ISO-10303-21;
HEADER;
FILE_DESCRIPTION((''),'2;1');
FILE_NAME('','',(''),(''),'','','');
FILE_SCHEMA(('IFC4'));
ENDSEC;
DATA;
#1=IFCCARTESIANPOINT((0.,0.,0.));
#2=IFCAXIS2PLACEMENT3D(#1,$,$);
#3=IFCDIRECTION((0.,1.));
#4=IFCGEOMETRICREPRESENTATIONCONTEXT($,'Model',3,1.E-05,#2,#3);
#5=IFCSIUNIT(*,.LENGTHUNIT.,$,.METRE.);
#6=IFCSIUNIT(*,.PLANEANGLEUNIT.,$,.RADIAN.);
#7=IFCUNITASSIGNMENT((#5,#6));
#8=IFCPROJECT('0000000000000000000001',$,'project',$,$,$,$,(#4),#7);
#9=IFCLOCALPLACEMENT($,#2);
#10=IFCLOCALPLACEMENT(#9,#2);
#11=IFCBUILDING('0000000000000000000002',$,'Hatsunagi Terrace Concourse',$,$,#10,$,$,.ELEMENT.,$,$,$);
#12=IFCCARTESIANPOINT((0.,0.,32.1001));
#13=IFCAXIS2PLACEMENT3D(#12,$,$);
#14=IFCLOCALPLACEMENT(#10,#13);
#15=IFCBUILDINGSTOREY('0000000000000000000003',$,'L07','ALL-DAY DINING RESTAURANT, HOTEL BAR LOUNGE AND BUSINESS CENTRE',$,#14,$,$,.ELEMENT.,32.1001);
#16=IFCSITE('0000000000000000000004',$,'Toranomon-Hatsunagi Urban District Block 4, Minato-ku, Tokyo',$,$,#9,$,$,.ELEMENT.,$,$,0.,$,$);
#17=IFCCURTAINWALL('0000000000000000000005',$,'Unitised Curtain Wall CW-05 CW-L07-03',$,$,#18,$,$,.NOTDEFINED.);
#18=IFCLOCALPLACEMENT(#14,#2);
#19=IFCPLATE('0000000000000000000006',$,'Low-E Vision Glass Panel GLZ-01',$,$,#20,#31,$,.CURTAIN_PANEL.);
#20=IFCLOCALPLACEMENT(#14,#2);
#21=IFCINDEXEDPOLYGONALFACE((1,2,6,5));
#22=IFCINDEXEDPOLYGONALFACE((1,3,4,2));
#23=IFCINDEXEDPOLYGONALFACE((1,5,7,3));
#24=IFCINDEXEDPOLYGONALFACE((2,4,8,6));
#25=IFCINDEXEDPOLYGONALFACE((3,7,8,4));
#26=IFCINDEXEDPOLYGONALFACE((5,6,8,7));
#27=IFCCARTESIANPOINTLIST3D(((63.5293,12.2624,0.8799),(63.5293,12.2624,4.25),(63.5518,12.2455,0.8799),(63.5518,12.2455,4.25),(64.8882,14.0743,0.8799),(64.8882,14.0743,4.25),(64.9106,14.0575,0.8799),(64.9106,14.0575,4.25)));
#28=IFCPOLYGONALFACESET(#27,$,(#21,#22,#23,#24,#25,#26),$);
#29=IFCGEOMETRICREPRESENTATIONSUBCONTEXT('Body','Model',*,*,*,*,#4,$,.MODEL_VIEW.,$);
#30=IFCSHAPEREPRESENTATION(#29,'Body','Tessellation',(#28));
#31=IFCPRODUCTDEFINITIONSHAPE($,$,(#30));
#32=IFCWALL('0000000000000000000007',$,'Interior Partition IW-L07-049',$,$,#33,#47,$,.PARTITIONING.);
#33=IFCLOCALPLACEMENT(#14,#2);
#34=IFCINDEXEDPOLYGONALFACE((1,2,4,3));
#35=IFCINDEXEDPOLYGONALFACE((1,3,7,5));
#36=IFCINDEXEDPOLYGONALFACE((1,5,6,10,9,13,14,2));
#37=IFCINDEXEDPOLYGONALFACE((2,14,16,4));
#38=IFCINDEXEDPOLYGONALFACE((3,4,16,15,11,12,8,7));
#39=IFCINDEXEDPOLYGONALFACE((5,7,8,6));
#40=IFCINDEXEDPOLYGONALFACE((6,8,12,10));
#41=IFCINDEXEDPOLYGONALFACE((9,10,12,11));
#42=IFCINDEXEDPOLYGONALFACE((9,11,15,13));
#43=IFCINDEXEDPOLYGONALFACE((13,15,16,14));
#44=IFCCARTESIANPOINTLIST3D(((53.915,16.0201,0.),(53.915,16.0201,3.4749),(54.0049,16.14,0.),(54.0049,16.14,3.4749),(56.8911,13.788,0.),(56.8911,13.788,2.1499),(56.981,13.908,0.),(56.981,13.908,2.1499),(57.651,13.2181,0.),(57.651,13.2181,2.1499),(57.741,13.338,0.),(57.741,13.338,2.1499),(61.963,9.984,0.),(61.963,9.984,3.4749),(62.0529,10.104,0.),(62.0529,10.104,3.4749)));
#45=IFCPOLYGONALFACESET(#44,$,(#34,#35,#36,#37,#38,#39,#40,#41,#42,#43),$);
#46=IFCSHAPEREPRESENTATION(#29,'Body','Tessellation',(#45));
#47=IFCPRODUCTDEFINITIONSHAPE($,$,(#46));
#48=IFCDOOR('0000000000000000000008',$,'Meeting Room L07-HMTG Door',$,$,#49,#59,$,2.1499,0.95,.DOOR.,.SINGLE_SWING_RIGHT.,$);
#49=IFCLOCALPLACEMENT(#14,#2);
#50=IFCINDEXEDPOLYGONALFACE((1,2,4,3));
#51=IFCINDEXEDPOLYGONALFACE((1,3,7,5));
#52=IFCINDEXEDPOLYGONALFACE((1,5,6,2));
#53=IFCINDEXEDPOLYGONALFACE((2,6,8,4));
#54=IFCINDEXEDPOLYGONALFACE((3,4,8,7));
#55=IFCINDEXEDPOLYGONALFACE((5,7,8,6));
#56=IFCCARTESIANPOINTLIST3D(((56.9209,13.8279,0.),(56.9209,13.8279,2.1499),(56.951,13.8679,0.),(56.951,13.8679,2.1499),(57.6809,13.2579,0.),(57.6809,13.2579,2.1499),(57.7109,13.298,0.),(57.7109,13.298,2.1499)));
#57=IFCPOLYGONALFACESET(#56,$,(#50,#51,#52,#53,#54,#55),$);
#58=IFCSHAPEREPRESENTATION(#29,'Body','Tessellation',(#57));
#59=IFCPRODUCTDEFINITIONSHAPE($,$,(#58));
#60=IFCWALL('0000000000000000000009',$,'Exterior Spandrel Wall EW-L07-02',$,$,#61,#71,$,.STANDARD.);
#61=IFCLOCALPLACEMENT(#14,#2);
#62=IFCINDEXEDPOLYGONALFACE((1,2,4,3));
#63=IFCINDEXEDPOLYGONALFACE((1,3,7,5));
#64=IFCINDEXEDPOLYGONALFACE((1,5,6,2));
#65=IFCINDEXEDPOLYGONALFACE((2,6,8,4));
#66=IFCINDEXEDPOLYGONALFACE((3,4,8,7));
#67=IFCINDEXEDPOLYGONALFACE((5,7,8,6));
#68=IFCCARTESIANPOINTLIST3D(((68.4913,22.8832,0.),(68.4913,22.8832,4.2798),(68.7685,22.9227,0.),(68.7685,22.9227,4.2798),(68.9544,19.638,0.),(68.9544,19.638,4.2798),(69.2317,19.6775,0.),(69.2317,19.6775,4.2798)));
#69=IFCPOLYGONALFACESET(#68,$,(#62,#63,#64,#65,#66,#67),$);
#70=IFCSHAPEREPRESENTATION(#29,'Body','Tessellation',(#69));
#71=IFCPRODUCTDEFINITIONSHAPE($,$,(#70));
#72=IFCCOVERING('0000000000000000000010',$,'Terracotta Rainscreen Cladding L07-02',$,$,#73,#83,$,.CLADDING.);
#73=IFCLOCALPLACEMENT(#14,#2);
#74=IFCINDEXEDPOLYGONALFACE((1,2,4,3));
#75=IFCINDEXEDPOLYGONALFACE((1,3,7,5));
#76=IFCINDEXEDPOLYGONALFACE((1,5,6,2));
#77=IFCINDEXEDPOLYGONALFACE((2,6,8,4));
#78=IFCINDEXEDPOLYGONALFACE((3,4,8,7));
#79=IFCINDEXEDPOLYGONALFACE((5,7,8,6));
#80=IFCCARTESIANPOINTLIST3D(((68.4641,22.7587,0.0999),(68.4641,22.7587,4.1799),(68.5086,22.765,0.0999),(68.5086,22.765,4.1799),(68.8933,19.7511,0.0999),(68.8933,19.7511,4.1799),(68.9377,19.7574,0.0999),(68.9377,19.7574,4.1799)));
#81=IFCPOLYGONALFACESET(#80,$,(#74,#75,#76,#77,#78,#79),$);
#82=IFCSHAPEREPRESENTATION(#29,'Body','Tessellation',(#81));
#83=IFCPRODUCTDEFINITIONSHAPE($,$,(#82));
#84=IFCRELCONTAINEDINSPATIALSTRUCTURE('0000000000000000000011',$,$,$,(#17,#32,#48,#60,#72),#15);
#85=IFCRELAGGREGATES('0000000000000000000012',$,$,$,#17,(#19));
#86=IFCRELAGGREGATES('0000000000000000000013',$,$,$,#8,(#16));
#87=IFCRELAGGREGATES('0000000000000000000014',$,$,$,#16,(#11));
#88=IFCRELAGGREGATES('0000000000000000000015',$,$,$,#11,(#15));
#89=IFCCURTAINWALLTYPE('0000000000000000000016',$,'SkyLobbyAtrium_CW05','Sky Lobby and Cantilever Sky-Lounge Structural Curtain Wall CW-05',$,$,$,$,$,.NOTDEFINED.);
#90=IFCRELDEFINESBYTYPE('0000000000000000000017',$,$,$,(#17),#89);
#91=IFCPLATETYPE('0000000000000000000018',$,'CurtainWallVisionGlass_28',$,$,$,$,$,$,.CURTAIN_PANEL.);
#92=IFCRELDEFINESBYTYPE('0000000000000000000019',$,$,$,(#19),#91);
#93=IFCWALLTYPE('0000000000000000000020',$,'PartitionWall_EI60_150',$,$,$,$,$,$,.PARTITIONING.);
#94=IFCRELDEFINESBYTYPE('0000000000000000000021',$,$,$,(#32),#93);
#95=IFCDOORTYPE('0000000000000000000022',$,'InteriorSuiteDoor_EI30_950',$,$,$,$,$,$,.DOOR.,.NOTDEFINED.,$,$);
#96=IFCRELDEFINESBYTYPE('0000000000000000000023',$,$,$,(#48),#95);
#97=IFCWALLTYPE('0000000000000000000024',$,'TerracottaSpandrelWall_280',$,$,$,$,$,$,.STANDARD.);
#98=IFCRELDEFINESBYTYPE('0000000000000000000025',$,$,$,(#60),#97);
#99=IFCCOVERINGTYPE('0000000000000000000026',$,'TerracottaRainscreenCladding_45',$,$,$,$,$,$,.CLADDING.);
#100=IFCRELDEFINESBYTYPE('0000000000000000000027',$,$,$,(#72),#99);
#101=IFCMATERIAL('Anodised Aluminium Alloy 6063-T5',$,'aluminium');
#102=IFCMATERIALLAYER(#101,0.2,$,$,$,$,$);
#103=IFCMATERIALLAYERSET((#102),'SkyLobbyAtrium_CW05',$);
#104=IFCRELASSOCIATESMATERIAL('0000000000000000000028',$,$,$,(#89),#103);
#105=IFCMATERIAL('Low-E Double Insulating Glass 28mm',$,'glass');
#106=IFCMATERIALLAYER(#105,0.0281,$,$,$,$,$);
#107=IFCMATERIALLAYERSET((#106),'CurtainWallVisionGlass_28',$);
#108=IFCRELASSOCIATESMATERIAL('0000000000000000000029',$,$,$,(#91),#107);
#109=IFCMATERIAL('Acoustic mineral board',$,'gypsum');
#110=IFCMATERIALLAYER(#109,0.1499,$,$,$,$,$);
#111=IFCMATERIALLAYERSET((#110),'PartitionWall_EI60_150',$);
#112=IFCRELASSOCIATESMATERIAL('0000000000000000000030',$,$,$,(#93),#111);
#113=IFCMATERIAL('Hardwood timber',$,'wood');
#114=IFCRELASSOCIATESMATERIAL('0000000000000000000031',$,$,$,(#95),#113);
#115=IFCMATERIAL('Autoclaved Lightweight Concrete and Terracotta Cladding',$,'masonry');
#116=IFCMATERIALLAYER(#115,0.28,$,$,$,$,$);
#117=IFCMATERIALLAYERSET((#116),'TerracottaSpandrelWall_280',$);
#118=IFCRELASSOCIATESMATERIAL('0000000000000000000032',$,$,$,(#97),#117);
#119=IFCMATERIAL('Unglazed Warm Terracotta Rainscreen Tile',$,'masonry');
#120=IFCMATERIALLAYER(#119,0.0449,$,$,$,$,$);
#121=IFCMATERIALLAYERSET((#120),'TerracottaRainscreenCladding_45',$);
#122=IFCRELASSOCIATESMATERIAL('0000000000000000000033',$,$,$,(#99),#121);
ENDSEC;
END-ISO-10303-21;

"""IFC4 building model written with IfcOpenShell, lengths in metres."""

from ifc_helpers import new_model, si_unit, direction, frame, frame_2d, origin, origin_2d, place, context, subcontext, project, spatial, rectangle, extrude, material, layer, layer_set, type_object, element, fill, aggregate, save


model = new_model("IFC4")

# Units and contexts
model_context = context("Model", 3, precision=1e-05, world=origin(), true_north=direction((0.0, 1.0)))
body_context = subcontext(model_context, "Body", "Model", "MODEL_VIEW")
ifc_project = project(units=[si_unit("LENGTHUNIT", "METRE"), si_unit("PLANEANGLEUNIT", "RADIAN")], contexts=[model_context])

# Site, building, storey
site_placement = place(None, origin())
site = spatial("IfcSite", under=ifc_project, at=site_placement, Name="Toranomon-Hatsunagi Urban District Block 4, Minato-ku, Tokyo", CompositionType="ELEMENT", RefElevation=0.0)
building_placement = place(site_placement, origin())
building = spatial("IfcBuilding", under=site, at=building_placement, Name="Hatsunagi Terrace Concourse", CompositionType="ELEMENT")
storey_placement = place(building_placement, frame((0.0, 0.0, 32.1001)))
storey = spatial("IfcBuildingStorey", under=building, at=storey_placement, Name="L07", Description="ALL-DAY DINING RESTAURANT, HOTEL BAR LOUNGE AND BUSINESS CENTRE", CompositionType="ELEMENT", Elevation=32.1001)

# Curtain wall
ifc_material_1 = material(Name="Anodised Aluminium Alloy 6063-T5", Category="aluminium")
ifc_layer_1 = layer(ifc_material_1, 0.2)
ifc_layer_set_1 = layer_set([ifc_layer_1], Name="SkyLobbyAtrium_CW05")
curtain_wall_type = type_object("IfcCurtainWallType", Name="SkyLobbyAtrium_CW05", Description="Sky Lobby and Cantilever Sky-Lounge Structural Curtain Wall CW-05", PredefinedType="NOTDEFINED", material=ifc_layer_set_1)
curtain_wall_placement = place(storey_placement, origin())
curtain_wall = element("IfcCurtainWall", 1, at=curtain_wall_placement, inside=storey, type_object=curtain_wall_type, Name="Unitised Curtain Wall CW-05 CW-L07-03", PredefinedType="NOTDEFINED")

# Plate
ifc_material_2 = material(Name="Low-E Double Insulating Glass 28mm", Category="glass")
ifc_layer_2 = layer(ifc_material_2, 0.0281)
ifc_layer_set_2 = layer_set([ifc_layer_2], Name="CurtainWallVisionGlass_28")
plate_type_1 = type_object("IfcPlateType", Name="CurtainWallVisionGlass_28", PredefinedType="CURTAIN_PANEL", material=ifc_layer_set_2)
plate_1_placement = place(storey_placement, frame((64.22, 13.1599, 0.8799), z_axis=(0.0, 0.0, 1.0), x_axis=(-0.599969, -0.800023, 0.0)))
plate_1 = element("IfcPlate", 2, at=plate_1_placement, type_object=plate_type_1, Name="Low-E Vision Glass Panel GLZ-01", PredefinedType="CURTAIN_PANEL", context=body_context, shape_type="SweptSolid", body=[
    extrude(rectangle(XDim=2.2649, YDim=0.0281, at=origin_2d()), origin(), (0.0, 0.0, 1.0), 3.3701),
])
aggregate(curtain_wall, [plate_1])

# Wall, opening, door
ifc_material_3 = material(Name="Acoustic mineral board", Category="gypsum")
ifc_layer_3 = layer(ifc_material_3, 0.1499)
ifc_layer_set_3 = layer_set([ifc_layer_3], Name="PartitionWall_EI60_150")
wall_type_1 = type_object("IfcWallType", Name="PartitionWall_EI60_150", PredefinedType="PARTITIONING", material=ifc_layer_set_3)
wall_1_placement = place(storey_placement, frame((53.96, 16.0801, 0.0), z_axis=(0.0, 0.0, 1.0), x_axis=(0.799997, -0.600004, 0.0)))
wall_1 = element("IfcWall", 3, at=wall_1_placement, inside=storey, type_object=wall_type_1, Name="Interior Partition IW-L07-049", PredefinedType="PARTITIONING", context=body_context, shape_type="SweptSolid", body=[
    extrude(rectangle(XDim=10.0601, YDim=0.1499, at=frame_2d((5.03, 0.0))), origin(), (0.0, 0.0, 1.0), 3.4749),
])
opening_placement = place(wall_1_placement, frame((3.72, 0.0, 0.0)))
opening = element("IfcOpeningElement", 4, at=opening_placement, cuts=wall_1, PredefinedType="OPENING", context=body_context, shape_type="SweptSolid", body=[
    extrude(rectangle(XDim=0.95, YDim=2.1499, at=frame_2d((0.4751, 1.075))), frame((0.0, 0.085, 0.0), z_axis=(0.0, -1.0, 0.0), x_axis=(1.0, 0.0, 0.0)), (0.0, 0.0, 1.0), 0.1699),
])
ifc_material_4 = material(Name="Hardwood timber", Category="wood")
door_type = type_object("IfcDoorType", Name="InteriorSuiteDoor_EI30_950", OperationType="NOTDEFINED", PredefinedType="DOOR", material=ifc_material_4)
door_placement = place(opening_placement, origin())
door = element("IfcDoor", 5, at=door_placement, inside=storey, type_object=door_type, Name="Meeting Room L07-HMTG Door", OperationType="SINGLE_SWING_RIGHT", OverallHeight=2.1499, OverallWidth=0.95, PredefinedType="DOOR", context=body_context, shape_type="SweptSolid", body=[
    extrude(rectangle(XDim=0.95, YDim=2.1499, at=frame_2d((0.4751, 1.075))), frame((0.0, 0.0249, 0.0), z_axis=(0.0, -1.0, 0.0), x_axis=(1.0, 0.0, 0.0)), (0.0, 0.0, 1.0), 0.05),
])
fill(opening, door)

# Wall
ifc_material_5 = material(Name="Autoclaved Lightweight Concrete and Terracotta Cladding", Category="masonry")
ifc_layer_4 = layer(ifc_material_5, 0.28)
ifc_layer_set_4 = layer_set([ifc_layer_4], Name="TerracottaSpandrelWall_280")
wall_type_2 = type_object("IfcWallType", Name="TerracottaSpandrelWall_280", PredefinedType="STANDARD", material=ifc_layer_set_4)
wall_2_placement = place(storey_placement, frame((68.6299, 22.9031, 0.0), z_axis=(0.0, 0.0, 1.0), x_axis=(0.141286, -0.989969, 0.0)))
element("IfcWall", 6, at=wall_2_placement, inside=storey, type_object=wall_type_2, Name="Exterior Spandrel Wall EW-L07-02", PredefinedType="STANDARD", context=body_context, shape_type="SweptSolid", body=[
    extrude(rectangle(XDim=3.2781, YDim=0.28, at=frame_2d((1.6392, 0.0))), origin(), (0.0, 0.0, 1.0), 4.2798),
])

# Covering
ifc_material_6 = material(Name="Unglazed Warm Terracotta Rainscreen Tile", Category="masonry")
ifc_layer_5 = layer(ifc_material_6, 0.0449)
ifc_layer_set_5 = layer_set([ifc_layer_5], Name="TerracottaRainscreenCladding_45")
covering_type = type_object("IfcCoveringType", Name="TerracottaRainscreenCladding_45", PredefinedType="CLADDING", material=ifc_layer_set_5)
covering_placement = place(storey_placement, frame((68.7009, 21.2581, 0.0999), z_axis=(0.0, 0.0, 1.0), x_axis=(0.14125, -0.989974, 0.0)))
element("IfcCovering", 7, at=covering_placement, inside=storey, type_object=covering_type, Name="Terracotta Rainscreen Cladding L07-02", PredefinedType="CLADDING", context=body_context, shape_type="SweptSolid", body=[
    extrude(rectangle(XDim=3.0381, YDim=0.0449, at=origin_2d()), origin(), (0.0, 0.0, 1.0), 4.0801),
])

save(model, "model.ifc")
